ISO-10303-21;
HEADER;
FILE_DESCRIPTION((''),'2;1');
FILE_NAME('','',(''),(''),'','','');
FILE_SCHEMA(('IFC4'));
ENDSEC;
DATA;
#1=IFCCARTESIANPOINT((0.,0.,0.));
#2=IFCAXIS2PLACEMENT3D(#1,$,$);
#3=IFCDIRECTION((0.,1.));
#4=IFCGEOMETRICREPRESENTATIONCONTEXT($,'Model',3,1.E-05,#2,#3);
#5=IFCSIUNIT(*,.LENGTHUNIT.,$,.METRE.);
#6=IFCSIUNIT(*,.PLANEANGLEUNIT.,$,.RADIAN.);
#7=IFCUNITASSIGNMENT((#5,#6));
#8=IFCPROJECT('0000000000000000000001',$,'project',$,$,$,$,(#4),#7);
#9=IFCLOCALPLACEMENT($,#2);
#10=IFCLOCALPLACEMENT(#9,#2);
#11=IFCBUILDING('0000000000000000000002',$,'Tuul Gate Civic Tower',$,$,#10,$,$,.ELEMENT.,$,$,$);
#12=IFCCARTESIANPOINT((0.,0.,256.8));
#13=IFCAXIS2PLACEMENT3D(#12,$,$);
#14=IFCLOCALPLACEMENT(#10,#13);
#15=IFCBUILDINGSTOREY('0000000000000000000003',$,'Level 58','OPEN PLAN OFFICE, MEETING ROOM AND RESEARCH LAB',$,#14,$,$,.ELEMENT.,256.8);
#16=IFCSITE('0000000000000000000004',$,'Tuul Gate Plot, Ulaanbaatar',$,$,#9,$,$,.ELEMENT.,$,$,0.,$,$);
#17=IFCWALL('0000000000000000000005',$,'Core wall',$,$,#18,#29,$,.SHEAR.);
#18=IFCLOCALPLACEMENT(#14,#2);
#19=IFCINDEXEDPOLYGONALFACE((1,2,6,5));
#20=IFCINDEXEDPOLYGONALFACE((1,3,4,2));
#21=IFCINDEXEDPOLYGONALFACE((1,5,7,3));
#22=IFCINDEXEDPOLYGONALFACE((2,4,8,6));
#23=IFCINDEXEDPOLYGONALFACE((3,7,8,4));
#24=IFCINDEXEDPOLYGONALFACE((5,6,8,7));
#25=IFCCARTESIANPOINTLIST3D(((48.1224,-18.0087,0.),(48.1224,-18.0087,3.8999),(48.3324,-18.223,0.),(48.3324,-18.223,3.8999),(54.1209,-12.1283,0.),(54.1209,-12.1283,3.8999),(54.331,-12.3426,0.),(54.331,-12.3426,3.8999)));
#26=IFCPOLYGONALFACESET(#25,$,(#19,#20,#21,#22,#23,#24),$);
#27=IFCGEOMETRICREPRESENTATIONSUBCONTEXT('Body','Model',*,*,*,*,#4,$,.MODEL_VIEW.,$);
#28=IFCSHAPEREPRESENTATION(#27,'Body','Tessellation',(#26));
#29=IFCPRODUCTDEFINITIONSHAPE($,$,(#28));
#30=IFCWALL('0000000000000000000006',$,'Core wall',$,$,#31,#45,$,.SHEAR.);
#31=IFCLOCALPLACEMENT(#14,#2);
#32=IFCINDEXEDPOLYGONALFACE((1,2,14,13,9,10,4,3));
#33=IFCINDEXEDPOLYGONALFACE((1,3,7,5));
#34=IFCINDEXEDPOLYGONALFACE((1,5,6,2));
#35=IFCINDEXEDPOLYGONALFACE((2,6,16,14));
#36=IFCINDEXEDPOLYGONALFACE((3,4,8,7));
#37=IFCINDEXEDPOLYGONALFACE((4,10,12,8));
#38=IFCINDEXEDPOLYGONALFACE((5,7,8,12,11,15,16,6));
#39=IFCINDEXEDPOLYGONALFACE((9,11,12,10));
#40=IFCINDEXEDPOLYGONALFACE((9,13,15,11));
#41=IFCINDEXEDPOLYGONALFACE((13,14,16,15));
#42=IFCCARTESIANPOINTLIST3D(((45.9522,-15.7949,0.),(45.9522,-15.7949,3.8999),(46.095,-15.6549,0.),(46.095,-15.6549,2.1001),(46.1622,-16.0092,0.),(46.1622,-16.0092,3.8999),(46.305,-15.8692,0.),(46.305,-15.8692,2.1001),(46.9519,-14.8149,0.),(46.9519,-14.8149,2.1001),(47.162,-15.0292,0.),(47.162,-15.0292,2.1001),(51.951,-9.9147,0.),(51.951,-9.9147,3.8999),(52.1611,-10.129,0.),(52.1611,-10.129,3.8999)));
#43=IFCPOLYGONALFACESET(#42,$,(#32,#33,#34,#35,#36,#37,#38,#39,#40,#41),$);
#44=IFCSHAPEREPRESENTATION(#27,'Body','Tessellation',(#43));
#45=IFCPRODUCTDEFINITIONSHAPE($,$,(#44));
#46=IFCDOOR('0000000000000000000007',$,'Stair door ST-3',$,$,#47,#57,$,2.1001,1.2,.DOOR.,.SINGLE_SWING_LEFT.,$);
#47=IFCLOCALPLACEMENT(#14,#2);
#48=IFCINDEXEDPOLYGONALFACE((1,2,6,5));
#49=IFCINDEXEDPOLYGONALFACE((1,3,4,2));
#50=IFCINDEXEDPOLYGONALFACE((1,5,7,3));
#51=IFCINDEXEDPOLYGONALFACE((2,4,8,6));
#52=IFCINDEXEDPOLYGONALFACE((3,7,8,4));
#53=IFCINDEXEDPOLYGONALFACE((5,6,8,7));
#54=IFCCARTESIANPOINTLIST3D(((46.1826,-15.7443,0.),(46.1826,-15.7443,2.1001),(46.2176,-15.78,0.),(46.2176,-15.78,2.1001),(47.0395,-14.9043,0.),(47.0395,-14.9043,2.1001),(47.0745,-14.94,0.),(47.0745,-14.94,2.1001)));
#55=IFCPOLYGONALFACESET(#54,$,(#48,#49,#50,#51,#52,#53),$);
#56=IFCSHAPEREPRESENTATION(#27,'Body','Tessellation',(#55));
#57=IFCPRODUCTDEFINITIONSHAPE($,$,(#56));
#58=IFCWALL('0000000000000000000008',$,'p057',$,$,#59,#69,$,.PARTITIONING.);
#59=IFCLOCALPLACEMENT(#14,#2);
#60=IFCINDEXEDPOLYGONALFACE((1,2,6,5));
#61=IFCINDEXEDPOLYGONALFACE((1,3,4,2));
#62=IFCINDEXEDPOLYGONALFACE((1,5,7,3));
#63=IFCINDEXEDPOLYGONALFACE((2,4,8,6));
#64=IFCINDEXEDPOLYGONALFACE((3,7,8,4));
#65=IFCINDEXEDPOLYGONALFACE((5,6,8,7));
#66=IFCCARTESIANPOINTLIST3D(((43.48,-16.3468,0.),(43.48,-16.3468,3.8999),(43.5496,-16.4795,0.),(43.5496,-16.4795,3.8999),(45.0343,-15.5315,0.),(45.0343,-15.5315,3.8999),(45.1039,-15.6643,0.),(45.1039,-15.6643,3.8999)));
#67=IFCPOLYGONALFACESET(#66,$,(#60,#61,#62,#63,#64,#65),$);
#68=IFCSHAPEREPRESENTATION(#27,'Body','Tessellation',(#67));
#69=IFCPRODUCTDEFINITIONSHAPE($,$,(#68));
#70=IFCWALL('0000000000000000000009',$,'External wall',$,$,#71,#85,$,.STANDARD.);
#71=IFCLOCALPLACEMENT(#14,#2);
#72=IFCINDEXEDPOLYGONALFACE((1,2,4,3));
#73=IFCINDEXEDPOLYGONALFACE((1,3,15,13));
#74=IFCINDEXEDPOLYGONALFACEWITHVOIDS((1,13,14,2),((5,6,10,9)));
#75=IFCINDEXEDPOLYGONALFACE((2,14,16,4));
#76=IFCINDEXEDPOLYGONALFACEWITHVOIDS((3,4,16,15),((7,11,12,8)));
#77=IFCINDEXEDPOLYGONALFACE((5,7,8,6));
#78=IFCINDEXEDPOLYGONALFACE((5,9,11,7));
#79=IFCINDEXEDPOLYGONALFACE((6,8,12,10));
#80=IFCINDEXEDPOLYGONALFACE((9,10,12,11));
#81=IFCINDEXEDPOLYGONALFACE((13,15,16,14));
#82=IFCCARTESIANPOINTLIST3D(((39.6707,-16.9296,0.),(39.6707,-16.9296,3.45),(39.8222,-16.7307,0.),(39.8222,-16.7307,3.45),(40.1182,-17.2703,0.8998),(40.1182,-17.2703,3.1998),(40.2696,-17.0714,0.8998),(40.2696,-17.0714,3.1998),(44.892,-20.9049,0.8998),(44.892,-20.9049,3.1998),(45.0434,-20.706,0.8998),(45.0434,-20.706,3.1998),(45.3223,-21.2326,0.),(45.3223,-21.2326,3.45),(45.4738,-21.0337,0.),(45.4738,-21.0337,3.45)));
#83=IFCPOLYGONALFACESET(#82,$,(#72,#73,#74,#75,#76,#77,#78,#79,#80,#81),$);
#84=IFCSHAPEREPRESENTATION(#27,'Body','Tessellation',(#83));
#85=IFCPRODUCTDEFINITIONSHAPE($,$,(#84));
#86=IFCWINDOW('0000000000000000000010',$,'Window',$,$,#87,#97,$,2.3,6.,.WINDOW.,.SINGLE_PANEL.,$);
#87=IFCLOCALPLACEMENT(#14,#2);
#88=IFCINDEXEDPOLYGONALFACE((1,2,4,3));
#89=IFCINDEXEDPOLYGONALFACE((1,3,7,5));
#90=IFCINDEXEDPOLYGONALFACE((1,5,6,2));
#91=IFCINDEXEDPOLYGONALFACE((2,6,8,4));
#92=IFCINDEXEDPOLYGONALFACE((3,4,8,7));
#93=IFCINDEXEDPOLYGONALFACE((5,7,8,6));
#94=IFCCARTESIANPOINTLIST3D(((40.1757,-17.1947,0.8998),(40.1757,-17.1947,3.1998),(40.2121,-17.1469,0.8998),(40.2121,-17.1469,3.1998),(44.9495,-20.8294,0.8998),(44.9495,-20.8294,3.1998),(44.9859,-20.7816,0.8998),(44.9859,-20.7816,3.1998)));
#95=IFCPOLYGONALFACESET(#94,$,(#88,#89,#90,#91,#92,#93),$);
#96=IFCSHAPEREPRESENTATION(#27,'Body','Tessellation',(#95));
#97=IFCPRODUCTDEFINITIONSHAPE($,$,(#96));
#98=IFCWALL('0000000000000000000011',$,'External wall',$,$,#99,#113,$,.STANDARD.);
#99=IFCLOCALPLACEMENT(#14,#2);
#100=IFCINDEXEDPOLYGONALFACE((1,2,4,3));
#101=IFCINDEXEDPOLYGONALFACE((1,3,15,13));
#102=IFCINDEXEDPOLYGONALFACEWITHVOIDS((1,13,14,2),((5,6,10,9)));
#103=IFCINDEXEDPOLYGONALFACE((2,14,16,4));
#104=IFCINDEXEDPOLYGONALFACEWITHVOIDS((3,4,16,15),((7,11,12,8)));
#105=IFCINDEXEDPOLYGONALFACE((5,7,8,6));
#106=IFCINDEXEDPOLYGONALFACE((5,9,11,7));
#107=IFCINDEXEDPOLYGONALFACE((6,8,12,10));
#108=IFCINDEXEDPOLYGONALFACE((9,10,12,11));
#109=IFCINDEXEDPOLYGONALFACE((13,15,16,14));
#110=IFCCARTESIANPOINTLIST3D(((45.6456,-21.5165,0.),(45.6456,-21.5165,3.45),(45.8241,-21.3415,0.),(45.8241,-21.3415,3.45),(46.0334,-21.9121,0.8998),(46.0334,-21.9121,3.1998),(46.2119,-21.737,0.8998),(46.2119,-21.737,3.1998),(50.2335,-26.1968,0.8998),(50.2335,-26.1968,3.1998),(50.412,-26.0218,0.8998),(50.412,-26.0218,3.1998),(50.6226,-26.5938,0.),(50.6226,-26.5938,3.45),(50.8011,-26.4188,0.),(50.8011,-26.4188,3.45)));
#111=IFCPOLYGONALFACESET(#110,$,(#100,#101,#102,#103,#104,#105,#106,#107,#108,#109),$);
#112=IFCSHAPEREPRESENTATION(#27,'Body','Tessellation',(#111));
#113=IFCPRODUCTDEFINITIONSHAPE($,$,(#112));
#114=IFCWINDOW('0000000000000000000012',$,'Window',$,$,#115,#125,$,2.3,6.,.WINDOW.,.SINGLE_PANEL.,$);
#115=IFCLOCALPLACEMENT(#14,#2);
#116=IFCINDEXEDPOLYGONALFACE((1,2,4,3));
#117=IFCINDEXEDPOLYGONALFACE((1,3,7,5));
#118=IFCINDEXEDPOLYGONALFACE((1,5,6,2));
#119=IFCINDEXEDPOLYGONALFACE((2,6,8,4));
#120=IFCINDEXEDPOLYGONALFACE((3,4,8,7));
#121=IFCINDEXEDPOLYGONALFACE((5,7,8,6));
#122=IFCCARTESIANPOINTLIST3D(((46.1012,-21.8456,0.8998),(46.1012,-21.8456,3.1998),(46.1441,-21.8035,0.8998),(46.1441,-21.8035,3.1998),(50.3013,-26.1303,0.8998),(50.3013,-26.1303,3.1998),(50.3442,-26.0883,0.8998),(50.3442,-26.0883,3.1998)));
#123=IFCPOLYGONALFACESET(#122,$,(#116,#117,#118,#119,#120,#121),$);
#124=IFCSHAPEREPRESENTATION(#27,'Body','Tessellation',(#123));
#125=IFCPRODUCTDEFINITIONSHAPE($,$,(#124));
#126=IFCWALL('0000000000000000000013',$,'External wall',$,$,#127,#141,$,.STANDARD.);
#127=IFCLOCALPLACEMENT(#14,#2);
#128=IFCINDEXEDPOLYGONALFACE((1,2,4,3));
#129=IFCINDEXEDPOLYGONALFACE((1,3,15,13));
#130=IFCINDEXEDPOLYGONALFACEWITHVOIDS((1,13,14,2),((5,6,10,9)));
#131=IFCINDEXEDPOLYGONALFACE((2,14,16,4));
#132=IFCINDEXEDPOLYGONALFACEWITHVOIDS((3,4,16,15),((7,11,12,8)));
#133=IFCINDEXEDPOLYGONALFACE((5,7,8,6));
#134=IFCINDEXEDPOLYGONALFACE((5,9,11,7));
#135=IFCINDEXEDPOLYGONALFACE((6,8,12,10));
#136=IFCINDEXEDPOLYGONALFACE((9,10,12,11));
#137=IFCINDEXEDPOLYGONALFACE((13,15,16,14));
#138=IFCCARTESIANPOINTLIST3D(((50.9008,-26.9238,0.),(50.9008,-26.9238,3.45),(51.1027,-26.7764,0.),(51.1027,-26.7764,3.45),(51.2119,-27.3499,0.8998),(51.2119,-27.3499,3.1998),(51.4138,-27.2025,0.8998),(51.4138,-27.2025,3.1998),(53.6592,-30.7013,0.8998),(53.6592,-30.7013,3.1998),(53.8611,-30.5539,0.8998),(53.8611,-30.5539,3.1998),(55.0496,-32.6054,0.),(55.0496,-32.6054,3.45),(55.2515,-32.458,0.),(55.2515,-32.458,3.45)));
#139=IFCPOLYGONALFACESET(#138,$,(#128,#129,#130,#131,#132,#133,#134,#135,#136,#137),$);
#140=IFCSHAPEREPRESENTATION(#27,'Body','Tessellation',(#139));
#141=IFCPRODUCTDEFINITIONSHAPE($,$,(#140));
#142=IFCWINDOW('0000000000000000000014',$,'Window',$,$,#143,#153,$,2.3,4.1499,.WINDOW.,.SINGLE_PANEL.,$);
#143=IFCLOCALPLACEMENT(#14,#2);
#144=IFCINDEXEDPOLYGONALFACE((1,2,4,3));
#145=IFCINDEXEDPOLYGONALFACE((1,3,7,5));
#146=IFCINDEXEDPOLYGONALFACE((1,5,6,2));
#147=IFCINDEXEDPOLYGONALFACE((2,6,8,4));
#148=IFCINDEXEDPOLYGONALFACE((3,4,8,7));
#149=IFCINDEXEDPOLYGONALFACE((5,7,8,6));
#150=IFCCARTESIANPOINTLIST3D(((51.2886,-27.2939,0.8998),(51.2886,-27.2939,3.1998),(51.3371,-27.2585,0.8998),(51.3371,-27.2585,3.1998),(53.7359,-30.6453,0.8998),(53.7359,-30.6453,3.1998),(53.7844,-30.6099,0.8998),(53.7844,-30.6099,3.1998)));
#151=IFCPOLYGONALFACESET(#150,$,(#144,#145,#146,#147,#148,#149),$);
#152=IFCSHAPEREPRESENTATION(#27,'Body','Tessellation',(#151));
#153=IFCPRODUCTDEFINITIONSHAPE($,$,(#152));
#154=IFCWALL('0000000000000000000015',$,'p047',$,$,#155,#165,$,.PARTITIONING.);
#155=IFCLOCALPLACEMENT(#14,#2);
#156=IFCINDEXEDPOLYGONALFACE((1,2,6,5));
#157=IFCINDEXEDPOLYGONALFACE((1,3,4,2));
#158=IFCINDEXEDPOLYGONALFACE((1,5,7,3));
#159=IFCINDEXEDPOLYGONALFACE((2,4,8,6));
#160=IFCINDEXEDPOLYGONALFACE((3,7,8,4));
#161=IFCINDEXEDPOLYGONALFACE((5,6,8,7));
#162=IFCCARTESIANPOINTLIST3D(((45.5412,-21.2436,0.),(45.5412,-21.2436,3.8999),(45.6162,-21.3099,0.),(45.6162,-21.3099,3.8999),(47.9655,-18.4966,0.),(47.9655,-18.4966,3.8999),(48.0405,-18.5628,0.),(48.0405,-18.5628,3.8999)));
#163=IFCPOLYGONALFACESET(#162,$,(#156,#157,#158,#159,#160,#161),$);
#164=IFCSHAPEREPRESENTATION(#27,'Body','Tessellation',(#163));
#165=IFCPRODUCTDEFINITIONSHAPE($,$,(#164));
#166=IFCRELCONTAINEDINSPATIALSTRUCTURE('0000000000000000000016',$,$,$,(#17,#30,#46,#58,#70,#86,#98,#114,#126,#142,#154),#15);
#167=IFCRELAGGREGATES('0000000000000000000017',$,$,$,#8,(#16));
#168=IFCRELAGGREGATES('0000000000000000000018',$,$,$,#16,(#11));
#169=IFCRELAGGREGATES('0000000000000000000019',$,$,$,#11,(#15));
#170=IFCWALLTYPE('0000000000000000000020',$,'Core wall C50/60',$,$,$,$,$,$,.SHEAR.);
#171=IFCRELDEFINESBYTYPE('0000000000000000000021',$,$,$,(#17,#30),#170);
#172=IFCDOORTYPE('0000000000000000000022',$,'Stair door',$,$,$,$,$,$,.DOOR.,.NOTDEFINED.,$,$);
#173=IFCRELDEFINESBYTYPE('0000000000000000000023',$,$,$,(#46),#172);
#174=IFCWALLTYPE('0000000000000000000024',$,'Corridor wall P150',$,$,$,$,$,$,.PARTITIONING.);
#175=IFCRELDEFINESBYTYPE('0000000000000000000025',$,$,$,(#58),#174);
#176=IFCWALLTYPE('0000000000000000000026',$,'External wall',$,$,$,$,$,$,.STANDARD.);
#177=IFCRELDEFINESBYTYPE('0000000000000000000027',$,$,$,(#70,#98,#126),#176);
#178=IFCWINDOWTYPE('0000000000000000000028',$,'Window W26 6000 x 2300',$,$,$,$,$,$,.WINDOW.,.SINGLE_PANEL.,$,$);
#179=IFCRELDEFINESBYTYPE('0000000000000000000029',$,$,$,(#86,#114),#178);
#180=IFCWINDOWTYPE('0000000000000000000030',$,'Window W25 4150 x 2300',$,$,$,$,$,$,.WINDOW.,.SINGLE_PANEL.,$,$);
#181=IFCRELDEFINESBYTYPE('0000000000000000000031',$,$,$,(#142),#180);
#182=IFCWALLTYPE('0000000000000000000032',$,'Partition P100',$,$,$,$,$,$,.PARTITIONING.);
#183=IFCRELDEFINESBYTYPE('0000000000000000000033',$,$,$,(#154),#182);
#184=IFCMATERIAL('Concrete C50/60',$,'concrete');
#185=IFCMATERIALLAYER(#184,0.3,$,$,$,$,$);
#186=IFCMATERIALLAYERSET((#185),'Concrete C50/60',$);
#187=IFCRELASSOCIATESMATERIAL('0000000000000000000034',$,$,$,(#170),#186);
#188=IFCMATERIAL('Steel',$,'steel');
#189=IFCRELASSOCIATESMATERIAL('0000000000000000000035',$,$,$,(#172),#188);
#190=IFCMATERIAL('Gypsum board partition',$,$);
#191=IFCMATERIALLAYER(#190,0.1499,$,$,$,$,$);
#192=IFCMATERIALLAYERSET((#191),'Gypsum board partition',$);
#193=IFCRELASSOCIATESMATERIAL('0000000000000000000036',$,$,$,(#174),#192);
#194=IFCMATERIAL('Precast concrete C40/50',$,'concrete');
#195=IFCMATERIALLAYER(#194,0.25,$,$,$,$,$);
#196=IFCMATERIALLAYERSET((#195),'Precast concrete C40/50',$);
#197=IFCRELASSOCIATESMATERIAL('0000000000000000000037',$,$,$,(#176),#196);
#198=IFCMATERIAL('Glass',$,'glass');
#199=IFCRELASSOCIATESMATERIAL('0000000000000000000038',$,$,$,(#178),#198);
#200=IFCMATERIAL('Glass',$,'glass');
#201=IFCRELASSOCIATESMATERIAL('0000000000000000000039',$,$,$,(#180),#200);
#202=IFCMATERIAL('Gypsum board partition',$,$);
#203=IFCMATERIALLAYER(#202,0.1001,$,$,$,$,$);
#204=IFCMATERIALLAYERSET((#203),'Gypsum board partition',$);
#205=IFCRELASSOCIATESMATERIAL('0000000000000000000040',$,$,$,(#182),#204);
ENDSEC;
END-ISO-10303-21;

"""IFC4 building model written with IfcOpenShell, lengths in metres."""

from ifc_helpers import new_model, si_unit, direction, frame, frame_2d, origin, place, context, subcontext, project, spatial, rectangle, extrude, material, layer, layer_set, type_object, element, fill, save


model = new_model("IFC4")

# Units and contexts
model_context = context("Model", 3, precision=1e-05, world=origin(), true_north=direction((0.0, 1.0)))
body_context = subcontext(model_context, "Body", "Model", "MODEL_VIEW")
ifc_project = project(units=[si_unit("LENGTHUNIT", "METRE"), si_unit("PLANEANGLEUNIT", "RADIAN")], contexts=[model_context])

# Site, building, storey
site_placement = place(None, origin())
site = spatial("IfcSite", under=ifc_project, at=site_placement, Name="Tuul Gate Plot, Ulaanbaatar", CompositionType="ELEMENT", RefElevation=0.0)
building_placement = place(site_placement, origin())
building = spatial("IfcBuilding", under=site, at=building_placement, Name="Tuul Gate Civic Tower", CompositionType="ELEMENT")
storey_placement = place(building_placement, frame((0.0, 0.0, 256.8)))
storey = spatial("IfcBuildingStorey", under=building, at=storey_placement, Name="Level 58", Description="OPEN PLAN OFFICE, MEETING ROOM AND RESEARCH LAB", CompositionType="ELEMENT", Elevation=256.8)

# Shared definitions
ifc_material_1 = material(Name="Concrete C50/60", Category="concrete")
ifc_layer_1 = layer(ifc_material_1, 0.3)
ifc_layer_set_1 = layer_set([ifc_layer_1], Name="Concrete C50/60")
wall_type_1 = type_object("IfcWallType", Name="Core wall C50/60", PredefinedType="SHEAR", material=ifc_layer_set_1)

# Wall
wall_1_placement = place(storey_placement, frame((48.2273, -18.116, 0.0), z_axis=(0.0, 0.0, 1.0), x_axis=(0.714105, 0.700038, 0.0)))
element("IfcWall", 1, at=wall_1_placement, inside=storey, type_object=wall_type_1, Name="Core wall", PredefinedType="SHEAR", context=body_context, shape_type="SweptSolid", body=[
    extrude(rectangle(XDim=8.4001, YDim=0.3, at=frame_2d((4.2002, 0.0))), origin(), (0.0, 0.0, 1.0), 3.8999),
])

# Wall, opening, door
wall_2_placement = place(storey_placement, frame((46.0571, -15.9021, 0.0), z_axis=(0.0, 0.0, 1.0), x_axis=(0.714134, 0.700009, 0.0)))
wall_2 = element("IfcWall", 2, at=wall_2_placement, inside=storey, type_object=wall_type_1, Name="Core wall", PredefinedType="SHEAR", context=body_context, shape_type="SweptSolid", body=[
    extrude(rectangle(XDim=8.4001, YDim=0.3, at=frame_2d((4.2002, 0.0))), origin(), (0.0, 0.0, 1.0), 3.8999),
])
opening_1_placement = place(wall_2_placement, frame((0.2, 0.0, 0.0)))
opening_1 = element("IfcOpeningElement", 3, at=opening_1_placement, cuts=wall_2, PredefinedType="OPENING", context=body_context, shape_type="SweptSolid", body=[
    extrude(rectangle(XDim=1.2, YDim=2.1001, at=frame_2d((0.6001, 1.05))), frame((0.0, 0.1602, 0.0), z_axis=(0.0, -1.0, 0.0), x_axis=(1.0, 0.0, 0.0)), (0.0, 0.0, 1.0), 0.3201),
])
ifc_material_2 = material(Name="Steel", Category="steel")
door_type_1 = type_object("IfcDoorType", Name="Stair door", OperationType="NOTDEFINED", PredefinedType="DOOR", material=ifc_material_2)
door_1_placement = place(opening_1_placement, origin())
door_1 = element("IfcDoor", 4, at=door_1_placement, inside=storey, type_object=door_type_1, Name="Stair door ST-3", OperationType="SINGLE_SWING_LEFT", OverallHeight=2.1001, OverallWidth=1.2, PredefinedType="DOOR", context=body_context, shape_type="SweptSolid", body=[
    extrude(rectangle(XDim=1.2, YDim=2.1001, at=frame_2d((0.6001, 1.05))), frame((0.0, 0.0249, 0.0), z_axis=(0.0, -1.0, 0.0), x_axis=(1.0, 0.0, 0.0)), (0.0, 0.0, 1.0), 0.05),
])
fill(opening_1, door_1)

# Wall
ifc_material_3 = material(Name="Gypsum board partition")
ifc_layer_2 = layer(ifc_material_3, 0.1499)
ifc_layer_set_2 = layer_set([ifc_layer_2], Name="Gypsum board partition")
wall_type_2 = type_object("IfcWallType", Name="Corridor wall P150", PredefinedType="PARTITIONING", material=ifc_layer_set_2)
wall_3_placement = place(storey_placement, frame((43.5149, -16.4131, 0.0), z_axis=(0.0, 0.0, 1.0), x_axis=(0.885578, 0.46449, 0.0)))
element("IfcWall", 5, at=wall_3_placement, inside=storey, type_object=wall_type_2, Name="p057", PredefinedType="PARTITIONING", context=body_context, shape_type="SweptSolid", body=[
    extrude(rectangle(XDim=1.7551, YDim=0.1499, at=frame_2d((0.8774, 0.0))), origin(), (0.0, 0.0, 1.0), 3.8999),
])

# Walls, openings, windows
ifc_material_4 = material(Name="Precast concrete C40/50", Category="concrete")
ifc_layer_3 = layer(ifc_material_4, 0.25)
ifc_layer_set_3 = layer_set([ifc_layer_3], Name="Precast concrete C40/50")
wall_type_3 = type_object("IfcWallType", Name="External wall", PredefinedType="STANDARD", material=ifc_layer_set_3)
wall_4_placement = place(storey_placement, frame((39.7463, -16.8301, 0.0), z_axis=(0.0, 0.0, 1.0), x_axis=(0.795636, -0.605775, 0.0)))
wall_4 = element("IfcWall", 6, at=wall_4_placement, inside=storey, type_object=wall_type_3, Name="External wall", PredefinedType="STANDARD", context=body_context, shape_type="SweptSolid", body=[
    extrude(rectangle(XDim=7.1033, YDim=0.25, at=frame_2d((3.5518, 0.0))), origin(), (0.0, 0.0, 1.0), 3.45),
])
opening_2_placement = place(wall_4_placement, frame((0.5625, 0.0, 0.8999)))
opening_2 = element("IfcOpeningElement", 7, at=opening_2_placement, cuts=wall_4, PredefinedType="OPENING", context=body_context, shape_type="SweptSolid", body=[
    extrude(rectangle(XDim=6.0, YDim=2.3, at=frame_2d((3.0, 1.1499))), frame((0.0, 0.135, 0.0), z_axis=(0.0, -1.0, 0.0), x_axis=(1.0, 0.0, 0.0)), (0.0, 0.0, 1.0), 0.27),
])
ifc_material_5 = material(Name="Glass", Category="glass")
window_type_1 = type_object("IfcWindowType", Name="Window W26 6000 x 2300", PartitioningType="SINGLE_PANEL", PredefinedType="WINDOW", material=ifc_material_5)
window_1_placement = place(opening_2_placement, origin())
window_1 = element("IfcWindow", 8, at=window_1_placement, inside=storey, type_object=window_type_1, Name="Window", OverallHeight=2.3, OverallWidth=6.0, PartitioningType="SINGLE_PANEL", PredefinedType="WINDOW", context=body_context, shape_type="SweptSolid", body=[
    extrude(rectangle(XDim=6.0, YDim=2.3, at=frame_2d((3.0, 1.1499))), frame((0.0, 0.03, 0.0), z_axis=(0.0, -1.0, 0.0), x_axis=(1.0, 0.0, 0.0)), (0.0, 0.0, 1.0), 0.0601),
])
fill(opening_2, window_1)
wall_5_placement = place(storey_placement, frame((45.7349, -21.429, 0.0), z_axis=(0.0, 0.0, 1.0), x_axis=(0.700015, -0.714128, 0.0)))
wall_5 = element("IfcWall", 9, at=wall_5_placement, inside=storey, type_object=wall_type_3, Name="External wall", PredefinedType="STANDARD", context=body_context, shape_type="SweptSolid", body=[
    extrude(rectangle(XDim=7.1099, YDim=0.25, at=frame_2d((3.5549, 0.0))), origin(), (0.0, 0.0, 1.0), 3.45),
])
opening_3_placement = place(wall_5_placement, frame((0.554, 0.0, 0.8999)))
opening_3 = element("IfcOpeningElement", 10, at=opening_3_placement, cuts=wall_5, PredefinedType="OPENING", context=body_context, shape_type="SweptSolid", body=[
    extrude(rectangle(XDim=6.0, YDim=2.3, at=frame_2d((3.0, 1.1499))), frame((0.0, 0.135, 0.0), z_axis=(0.0, -1.0, 0.0), x_axis=(1.0, 0.0, 0.0)), (0.0, 0.0, 1.0), 0.27),
])
window_2_placement = place(opening_3_placement, origin())
window_2 = element("IfcWindow", 11, at=window_2_placement, inside=storey, type_object=window_type_1, Name="Window", OverallHeight=2.3, OverallWidth=6.0, PartitioningType="SINGLE_PANEL", PredefinedType="WINDOW", context=body_context, shape_type="SweptSolid", body=[
    extrude(rectangle(XDim=6.0, YDim=2.3, at=frame_2d((3.0, 1.1499))), frame((0.0, 0.03, 0.0), z_axis=(0.0, -1.0, 0.0), x_axis=(1.0, 0.0, 0.0)), (0.0, 0.0, 1.0), 0.0601),
])
fill(opening_3, window_2)
wall_6_placement = place(storey_placement, frame((51.0017, -26.8501, 0.0), z_axis=(0.0, 0.0, 1.0), x_axis=(0.589735, -0.807597, 0.0)))
wall_6 = element("IfcWall", 12, at=wall_6_placement, inside=storey, type_object=wall_type_3, Name="External wall", PredefinedType="STANDARD", context=body_context, shape_type="SweptSolid", body=[
    extrude(rectangle(XDim=7.0352, YDim=0.25, at=frame_2d((3.5176, 0.0))), origin(), (0.0, 0.0, 1.0), 3.45),
])
opening_4_placement = place(wall_6_placement, frame((0.5276, 0.0, 0.8999)))
opening_4 = element("IfcOpeningElement", 13, at=opening_4_placement, cuts=wall_6, PredefinedType="OPENING", context=body_context, shape_type="SweptSolid", body=[
    extrude(rectangle(XDim=4.1499, YDim=2.3, at=frame_2d((2.075, 1.1499))), frame((0.0, 0.135, 0.0), z_axis=(0.0, -1.0, 0.0), x_axis=(1.0, 0.0, 0.0)), (0.0, 0.0, 1.0), 0.27),
])
ifc_material_6 = material(Name="Glass", Category="glass")
window_type_2 = type_object("IfcWindowType", Name="Window W25 4150 x 2300", PartitioningType="SINGLE_PANEL", PredefinedType="WINDOW", material=ifc_material_6)
window_3_placement = place(opening_4_placement, origin())
window_3 = element("IfcWindow", 14, at=window_3_placement, inside=storey, type_object=window_type_2, Name="Window", OverallHeight=2.3, OverallWidth=4.1499, PartitioningType="SINGLE_PANEL", PredefinedType="WINDOW", context=body_context, shape_type="SweptSolid", body=[
    extrude(rectangle(XDim=4.1499, YDim=2.3, at=frame_2d((2.075, 1.1499))), frame((0.0, 0.03, 0.0), z_axis=(0.0, -1.0, 0.0), x_axis=(1.0, 0.0, 0.0)), (0.0, 0.0, 1.0), 0.0601),
])
fill(opening_4, window_3)

# Wall
ifc_material_7 = material(Name="Gypsum board partition")
ifc_layer_4 = layer(ifc_material_7, 0.1001)
ifc_layer_set_4 = layer_set([ifc_layer_4], Name="Gypsum board partition")
wall_type_4 = type_object("IfcWallType", Name="Partition P100", PredefinedType="PARTITIONING", material=ifc_layer_set_4)
wall_7_placement = place(storey_placement, frame((45.5786, -21.2769, 0.0), z_axis=(0.0, 0.0, 1.0), x_axis=(0.661688, 0.74978, 0.0)))
element("IfcWall", 15, at=wall_7_placement, inside=storey, type_object=wall_type_4, Name="p047", PredefinedType="PARTITIONING", context=body_context, shape_type="SweptSolid", body=[
    extrude(rectangle(XDim=3.6638, YDim=0.1001, at=frame_2d((1.832, 0.0))), origin(), (0.0, 0.0, 1.0), 3.8999),
])

save(model, "model.ifc")
